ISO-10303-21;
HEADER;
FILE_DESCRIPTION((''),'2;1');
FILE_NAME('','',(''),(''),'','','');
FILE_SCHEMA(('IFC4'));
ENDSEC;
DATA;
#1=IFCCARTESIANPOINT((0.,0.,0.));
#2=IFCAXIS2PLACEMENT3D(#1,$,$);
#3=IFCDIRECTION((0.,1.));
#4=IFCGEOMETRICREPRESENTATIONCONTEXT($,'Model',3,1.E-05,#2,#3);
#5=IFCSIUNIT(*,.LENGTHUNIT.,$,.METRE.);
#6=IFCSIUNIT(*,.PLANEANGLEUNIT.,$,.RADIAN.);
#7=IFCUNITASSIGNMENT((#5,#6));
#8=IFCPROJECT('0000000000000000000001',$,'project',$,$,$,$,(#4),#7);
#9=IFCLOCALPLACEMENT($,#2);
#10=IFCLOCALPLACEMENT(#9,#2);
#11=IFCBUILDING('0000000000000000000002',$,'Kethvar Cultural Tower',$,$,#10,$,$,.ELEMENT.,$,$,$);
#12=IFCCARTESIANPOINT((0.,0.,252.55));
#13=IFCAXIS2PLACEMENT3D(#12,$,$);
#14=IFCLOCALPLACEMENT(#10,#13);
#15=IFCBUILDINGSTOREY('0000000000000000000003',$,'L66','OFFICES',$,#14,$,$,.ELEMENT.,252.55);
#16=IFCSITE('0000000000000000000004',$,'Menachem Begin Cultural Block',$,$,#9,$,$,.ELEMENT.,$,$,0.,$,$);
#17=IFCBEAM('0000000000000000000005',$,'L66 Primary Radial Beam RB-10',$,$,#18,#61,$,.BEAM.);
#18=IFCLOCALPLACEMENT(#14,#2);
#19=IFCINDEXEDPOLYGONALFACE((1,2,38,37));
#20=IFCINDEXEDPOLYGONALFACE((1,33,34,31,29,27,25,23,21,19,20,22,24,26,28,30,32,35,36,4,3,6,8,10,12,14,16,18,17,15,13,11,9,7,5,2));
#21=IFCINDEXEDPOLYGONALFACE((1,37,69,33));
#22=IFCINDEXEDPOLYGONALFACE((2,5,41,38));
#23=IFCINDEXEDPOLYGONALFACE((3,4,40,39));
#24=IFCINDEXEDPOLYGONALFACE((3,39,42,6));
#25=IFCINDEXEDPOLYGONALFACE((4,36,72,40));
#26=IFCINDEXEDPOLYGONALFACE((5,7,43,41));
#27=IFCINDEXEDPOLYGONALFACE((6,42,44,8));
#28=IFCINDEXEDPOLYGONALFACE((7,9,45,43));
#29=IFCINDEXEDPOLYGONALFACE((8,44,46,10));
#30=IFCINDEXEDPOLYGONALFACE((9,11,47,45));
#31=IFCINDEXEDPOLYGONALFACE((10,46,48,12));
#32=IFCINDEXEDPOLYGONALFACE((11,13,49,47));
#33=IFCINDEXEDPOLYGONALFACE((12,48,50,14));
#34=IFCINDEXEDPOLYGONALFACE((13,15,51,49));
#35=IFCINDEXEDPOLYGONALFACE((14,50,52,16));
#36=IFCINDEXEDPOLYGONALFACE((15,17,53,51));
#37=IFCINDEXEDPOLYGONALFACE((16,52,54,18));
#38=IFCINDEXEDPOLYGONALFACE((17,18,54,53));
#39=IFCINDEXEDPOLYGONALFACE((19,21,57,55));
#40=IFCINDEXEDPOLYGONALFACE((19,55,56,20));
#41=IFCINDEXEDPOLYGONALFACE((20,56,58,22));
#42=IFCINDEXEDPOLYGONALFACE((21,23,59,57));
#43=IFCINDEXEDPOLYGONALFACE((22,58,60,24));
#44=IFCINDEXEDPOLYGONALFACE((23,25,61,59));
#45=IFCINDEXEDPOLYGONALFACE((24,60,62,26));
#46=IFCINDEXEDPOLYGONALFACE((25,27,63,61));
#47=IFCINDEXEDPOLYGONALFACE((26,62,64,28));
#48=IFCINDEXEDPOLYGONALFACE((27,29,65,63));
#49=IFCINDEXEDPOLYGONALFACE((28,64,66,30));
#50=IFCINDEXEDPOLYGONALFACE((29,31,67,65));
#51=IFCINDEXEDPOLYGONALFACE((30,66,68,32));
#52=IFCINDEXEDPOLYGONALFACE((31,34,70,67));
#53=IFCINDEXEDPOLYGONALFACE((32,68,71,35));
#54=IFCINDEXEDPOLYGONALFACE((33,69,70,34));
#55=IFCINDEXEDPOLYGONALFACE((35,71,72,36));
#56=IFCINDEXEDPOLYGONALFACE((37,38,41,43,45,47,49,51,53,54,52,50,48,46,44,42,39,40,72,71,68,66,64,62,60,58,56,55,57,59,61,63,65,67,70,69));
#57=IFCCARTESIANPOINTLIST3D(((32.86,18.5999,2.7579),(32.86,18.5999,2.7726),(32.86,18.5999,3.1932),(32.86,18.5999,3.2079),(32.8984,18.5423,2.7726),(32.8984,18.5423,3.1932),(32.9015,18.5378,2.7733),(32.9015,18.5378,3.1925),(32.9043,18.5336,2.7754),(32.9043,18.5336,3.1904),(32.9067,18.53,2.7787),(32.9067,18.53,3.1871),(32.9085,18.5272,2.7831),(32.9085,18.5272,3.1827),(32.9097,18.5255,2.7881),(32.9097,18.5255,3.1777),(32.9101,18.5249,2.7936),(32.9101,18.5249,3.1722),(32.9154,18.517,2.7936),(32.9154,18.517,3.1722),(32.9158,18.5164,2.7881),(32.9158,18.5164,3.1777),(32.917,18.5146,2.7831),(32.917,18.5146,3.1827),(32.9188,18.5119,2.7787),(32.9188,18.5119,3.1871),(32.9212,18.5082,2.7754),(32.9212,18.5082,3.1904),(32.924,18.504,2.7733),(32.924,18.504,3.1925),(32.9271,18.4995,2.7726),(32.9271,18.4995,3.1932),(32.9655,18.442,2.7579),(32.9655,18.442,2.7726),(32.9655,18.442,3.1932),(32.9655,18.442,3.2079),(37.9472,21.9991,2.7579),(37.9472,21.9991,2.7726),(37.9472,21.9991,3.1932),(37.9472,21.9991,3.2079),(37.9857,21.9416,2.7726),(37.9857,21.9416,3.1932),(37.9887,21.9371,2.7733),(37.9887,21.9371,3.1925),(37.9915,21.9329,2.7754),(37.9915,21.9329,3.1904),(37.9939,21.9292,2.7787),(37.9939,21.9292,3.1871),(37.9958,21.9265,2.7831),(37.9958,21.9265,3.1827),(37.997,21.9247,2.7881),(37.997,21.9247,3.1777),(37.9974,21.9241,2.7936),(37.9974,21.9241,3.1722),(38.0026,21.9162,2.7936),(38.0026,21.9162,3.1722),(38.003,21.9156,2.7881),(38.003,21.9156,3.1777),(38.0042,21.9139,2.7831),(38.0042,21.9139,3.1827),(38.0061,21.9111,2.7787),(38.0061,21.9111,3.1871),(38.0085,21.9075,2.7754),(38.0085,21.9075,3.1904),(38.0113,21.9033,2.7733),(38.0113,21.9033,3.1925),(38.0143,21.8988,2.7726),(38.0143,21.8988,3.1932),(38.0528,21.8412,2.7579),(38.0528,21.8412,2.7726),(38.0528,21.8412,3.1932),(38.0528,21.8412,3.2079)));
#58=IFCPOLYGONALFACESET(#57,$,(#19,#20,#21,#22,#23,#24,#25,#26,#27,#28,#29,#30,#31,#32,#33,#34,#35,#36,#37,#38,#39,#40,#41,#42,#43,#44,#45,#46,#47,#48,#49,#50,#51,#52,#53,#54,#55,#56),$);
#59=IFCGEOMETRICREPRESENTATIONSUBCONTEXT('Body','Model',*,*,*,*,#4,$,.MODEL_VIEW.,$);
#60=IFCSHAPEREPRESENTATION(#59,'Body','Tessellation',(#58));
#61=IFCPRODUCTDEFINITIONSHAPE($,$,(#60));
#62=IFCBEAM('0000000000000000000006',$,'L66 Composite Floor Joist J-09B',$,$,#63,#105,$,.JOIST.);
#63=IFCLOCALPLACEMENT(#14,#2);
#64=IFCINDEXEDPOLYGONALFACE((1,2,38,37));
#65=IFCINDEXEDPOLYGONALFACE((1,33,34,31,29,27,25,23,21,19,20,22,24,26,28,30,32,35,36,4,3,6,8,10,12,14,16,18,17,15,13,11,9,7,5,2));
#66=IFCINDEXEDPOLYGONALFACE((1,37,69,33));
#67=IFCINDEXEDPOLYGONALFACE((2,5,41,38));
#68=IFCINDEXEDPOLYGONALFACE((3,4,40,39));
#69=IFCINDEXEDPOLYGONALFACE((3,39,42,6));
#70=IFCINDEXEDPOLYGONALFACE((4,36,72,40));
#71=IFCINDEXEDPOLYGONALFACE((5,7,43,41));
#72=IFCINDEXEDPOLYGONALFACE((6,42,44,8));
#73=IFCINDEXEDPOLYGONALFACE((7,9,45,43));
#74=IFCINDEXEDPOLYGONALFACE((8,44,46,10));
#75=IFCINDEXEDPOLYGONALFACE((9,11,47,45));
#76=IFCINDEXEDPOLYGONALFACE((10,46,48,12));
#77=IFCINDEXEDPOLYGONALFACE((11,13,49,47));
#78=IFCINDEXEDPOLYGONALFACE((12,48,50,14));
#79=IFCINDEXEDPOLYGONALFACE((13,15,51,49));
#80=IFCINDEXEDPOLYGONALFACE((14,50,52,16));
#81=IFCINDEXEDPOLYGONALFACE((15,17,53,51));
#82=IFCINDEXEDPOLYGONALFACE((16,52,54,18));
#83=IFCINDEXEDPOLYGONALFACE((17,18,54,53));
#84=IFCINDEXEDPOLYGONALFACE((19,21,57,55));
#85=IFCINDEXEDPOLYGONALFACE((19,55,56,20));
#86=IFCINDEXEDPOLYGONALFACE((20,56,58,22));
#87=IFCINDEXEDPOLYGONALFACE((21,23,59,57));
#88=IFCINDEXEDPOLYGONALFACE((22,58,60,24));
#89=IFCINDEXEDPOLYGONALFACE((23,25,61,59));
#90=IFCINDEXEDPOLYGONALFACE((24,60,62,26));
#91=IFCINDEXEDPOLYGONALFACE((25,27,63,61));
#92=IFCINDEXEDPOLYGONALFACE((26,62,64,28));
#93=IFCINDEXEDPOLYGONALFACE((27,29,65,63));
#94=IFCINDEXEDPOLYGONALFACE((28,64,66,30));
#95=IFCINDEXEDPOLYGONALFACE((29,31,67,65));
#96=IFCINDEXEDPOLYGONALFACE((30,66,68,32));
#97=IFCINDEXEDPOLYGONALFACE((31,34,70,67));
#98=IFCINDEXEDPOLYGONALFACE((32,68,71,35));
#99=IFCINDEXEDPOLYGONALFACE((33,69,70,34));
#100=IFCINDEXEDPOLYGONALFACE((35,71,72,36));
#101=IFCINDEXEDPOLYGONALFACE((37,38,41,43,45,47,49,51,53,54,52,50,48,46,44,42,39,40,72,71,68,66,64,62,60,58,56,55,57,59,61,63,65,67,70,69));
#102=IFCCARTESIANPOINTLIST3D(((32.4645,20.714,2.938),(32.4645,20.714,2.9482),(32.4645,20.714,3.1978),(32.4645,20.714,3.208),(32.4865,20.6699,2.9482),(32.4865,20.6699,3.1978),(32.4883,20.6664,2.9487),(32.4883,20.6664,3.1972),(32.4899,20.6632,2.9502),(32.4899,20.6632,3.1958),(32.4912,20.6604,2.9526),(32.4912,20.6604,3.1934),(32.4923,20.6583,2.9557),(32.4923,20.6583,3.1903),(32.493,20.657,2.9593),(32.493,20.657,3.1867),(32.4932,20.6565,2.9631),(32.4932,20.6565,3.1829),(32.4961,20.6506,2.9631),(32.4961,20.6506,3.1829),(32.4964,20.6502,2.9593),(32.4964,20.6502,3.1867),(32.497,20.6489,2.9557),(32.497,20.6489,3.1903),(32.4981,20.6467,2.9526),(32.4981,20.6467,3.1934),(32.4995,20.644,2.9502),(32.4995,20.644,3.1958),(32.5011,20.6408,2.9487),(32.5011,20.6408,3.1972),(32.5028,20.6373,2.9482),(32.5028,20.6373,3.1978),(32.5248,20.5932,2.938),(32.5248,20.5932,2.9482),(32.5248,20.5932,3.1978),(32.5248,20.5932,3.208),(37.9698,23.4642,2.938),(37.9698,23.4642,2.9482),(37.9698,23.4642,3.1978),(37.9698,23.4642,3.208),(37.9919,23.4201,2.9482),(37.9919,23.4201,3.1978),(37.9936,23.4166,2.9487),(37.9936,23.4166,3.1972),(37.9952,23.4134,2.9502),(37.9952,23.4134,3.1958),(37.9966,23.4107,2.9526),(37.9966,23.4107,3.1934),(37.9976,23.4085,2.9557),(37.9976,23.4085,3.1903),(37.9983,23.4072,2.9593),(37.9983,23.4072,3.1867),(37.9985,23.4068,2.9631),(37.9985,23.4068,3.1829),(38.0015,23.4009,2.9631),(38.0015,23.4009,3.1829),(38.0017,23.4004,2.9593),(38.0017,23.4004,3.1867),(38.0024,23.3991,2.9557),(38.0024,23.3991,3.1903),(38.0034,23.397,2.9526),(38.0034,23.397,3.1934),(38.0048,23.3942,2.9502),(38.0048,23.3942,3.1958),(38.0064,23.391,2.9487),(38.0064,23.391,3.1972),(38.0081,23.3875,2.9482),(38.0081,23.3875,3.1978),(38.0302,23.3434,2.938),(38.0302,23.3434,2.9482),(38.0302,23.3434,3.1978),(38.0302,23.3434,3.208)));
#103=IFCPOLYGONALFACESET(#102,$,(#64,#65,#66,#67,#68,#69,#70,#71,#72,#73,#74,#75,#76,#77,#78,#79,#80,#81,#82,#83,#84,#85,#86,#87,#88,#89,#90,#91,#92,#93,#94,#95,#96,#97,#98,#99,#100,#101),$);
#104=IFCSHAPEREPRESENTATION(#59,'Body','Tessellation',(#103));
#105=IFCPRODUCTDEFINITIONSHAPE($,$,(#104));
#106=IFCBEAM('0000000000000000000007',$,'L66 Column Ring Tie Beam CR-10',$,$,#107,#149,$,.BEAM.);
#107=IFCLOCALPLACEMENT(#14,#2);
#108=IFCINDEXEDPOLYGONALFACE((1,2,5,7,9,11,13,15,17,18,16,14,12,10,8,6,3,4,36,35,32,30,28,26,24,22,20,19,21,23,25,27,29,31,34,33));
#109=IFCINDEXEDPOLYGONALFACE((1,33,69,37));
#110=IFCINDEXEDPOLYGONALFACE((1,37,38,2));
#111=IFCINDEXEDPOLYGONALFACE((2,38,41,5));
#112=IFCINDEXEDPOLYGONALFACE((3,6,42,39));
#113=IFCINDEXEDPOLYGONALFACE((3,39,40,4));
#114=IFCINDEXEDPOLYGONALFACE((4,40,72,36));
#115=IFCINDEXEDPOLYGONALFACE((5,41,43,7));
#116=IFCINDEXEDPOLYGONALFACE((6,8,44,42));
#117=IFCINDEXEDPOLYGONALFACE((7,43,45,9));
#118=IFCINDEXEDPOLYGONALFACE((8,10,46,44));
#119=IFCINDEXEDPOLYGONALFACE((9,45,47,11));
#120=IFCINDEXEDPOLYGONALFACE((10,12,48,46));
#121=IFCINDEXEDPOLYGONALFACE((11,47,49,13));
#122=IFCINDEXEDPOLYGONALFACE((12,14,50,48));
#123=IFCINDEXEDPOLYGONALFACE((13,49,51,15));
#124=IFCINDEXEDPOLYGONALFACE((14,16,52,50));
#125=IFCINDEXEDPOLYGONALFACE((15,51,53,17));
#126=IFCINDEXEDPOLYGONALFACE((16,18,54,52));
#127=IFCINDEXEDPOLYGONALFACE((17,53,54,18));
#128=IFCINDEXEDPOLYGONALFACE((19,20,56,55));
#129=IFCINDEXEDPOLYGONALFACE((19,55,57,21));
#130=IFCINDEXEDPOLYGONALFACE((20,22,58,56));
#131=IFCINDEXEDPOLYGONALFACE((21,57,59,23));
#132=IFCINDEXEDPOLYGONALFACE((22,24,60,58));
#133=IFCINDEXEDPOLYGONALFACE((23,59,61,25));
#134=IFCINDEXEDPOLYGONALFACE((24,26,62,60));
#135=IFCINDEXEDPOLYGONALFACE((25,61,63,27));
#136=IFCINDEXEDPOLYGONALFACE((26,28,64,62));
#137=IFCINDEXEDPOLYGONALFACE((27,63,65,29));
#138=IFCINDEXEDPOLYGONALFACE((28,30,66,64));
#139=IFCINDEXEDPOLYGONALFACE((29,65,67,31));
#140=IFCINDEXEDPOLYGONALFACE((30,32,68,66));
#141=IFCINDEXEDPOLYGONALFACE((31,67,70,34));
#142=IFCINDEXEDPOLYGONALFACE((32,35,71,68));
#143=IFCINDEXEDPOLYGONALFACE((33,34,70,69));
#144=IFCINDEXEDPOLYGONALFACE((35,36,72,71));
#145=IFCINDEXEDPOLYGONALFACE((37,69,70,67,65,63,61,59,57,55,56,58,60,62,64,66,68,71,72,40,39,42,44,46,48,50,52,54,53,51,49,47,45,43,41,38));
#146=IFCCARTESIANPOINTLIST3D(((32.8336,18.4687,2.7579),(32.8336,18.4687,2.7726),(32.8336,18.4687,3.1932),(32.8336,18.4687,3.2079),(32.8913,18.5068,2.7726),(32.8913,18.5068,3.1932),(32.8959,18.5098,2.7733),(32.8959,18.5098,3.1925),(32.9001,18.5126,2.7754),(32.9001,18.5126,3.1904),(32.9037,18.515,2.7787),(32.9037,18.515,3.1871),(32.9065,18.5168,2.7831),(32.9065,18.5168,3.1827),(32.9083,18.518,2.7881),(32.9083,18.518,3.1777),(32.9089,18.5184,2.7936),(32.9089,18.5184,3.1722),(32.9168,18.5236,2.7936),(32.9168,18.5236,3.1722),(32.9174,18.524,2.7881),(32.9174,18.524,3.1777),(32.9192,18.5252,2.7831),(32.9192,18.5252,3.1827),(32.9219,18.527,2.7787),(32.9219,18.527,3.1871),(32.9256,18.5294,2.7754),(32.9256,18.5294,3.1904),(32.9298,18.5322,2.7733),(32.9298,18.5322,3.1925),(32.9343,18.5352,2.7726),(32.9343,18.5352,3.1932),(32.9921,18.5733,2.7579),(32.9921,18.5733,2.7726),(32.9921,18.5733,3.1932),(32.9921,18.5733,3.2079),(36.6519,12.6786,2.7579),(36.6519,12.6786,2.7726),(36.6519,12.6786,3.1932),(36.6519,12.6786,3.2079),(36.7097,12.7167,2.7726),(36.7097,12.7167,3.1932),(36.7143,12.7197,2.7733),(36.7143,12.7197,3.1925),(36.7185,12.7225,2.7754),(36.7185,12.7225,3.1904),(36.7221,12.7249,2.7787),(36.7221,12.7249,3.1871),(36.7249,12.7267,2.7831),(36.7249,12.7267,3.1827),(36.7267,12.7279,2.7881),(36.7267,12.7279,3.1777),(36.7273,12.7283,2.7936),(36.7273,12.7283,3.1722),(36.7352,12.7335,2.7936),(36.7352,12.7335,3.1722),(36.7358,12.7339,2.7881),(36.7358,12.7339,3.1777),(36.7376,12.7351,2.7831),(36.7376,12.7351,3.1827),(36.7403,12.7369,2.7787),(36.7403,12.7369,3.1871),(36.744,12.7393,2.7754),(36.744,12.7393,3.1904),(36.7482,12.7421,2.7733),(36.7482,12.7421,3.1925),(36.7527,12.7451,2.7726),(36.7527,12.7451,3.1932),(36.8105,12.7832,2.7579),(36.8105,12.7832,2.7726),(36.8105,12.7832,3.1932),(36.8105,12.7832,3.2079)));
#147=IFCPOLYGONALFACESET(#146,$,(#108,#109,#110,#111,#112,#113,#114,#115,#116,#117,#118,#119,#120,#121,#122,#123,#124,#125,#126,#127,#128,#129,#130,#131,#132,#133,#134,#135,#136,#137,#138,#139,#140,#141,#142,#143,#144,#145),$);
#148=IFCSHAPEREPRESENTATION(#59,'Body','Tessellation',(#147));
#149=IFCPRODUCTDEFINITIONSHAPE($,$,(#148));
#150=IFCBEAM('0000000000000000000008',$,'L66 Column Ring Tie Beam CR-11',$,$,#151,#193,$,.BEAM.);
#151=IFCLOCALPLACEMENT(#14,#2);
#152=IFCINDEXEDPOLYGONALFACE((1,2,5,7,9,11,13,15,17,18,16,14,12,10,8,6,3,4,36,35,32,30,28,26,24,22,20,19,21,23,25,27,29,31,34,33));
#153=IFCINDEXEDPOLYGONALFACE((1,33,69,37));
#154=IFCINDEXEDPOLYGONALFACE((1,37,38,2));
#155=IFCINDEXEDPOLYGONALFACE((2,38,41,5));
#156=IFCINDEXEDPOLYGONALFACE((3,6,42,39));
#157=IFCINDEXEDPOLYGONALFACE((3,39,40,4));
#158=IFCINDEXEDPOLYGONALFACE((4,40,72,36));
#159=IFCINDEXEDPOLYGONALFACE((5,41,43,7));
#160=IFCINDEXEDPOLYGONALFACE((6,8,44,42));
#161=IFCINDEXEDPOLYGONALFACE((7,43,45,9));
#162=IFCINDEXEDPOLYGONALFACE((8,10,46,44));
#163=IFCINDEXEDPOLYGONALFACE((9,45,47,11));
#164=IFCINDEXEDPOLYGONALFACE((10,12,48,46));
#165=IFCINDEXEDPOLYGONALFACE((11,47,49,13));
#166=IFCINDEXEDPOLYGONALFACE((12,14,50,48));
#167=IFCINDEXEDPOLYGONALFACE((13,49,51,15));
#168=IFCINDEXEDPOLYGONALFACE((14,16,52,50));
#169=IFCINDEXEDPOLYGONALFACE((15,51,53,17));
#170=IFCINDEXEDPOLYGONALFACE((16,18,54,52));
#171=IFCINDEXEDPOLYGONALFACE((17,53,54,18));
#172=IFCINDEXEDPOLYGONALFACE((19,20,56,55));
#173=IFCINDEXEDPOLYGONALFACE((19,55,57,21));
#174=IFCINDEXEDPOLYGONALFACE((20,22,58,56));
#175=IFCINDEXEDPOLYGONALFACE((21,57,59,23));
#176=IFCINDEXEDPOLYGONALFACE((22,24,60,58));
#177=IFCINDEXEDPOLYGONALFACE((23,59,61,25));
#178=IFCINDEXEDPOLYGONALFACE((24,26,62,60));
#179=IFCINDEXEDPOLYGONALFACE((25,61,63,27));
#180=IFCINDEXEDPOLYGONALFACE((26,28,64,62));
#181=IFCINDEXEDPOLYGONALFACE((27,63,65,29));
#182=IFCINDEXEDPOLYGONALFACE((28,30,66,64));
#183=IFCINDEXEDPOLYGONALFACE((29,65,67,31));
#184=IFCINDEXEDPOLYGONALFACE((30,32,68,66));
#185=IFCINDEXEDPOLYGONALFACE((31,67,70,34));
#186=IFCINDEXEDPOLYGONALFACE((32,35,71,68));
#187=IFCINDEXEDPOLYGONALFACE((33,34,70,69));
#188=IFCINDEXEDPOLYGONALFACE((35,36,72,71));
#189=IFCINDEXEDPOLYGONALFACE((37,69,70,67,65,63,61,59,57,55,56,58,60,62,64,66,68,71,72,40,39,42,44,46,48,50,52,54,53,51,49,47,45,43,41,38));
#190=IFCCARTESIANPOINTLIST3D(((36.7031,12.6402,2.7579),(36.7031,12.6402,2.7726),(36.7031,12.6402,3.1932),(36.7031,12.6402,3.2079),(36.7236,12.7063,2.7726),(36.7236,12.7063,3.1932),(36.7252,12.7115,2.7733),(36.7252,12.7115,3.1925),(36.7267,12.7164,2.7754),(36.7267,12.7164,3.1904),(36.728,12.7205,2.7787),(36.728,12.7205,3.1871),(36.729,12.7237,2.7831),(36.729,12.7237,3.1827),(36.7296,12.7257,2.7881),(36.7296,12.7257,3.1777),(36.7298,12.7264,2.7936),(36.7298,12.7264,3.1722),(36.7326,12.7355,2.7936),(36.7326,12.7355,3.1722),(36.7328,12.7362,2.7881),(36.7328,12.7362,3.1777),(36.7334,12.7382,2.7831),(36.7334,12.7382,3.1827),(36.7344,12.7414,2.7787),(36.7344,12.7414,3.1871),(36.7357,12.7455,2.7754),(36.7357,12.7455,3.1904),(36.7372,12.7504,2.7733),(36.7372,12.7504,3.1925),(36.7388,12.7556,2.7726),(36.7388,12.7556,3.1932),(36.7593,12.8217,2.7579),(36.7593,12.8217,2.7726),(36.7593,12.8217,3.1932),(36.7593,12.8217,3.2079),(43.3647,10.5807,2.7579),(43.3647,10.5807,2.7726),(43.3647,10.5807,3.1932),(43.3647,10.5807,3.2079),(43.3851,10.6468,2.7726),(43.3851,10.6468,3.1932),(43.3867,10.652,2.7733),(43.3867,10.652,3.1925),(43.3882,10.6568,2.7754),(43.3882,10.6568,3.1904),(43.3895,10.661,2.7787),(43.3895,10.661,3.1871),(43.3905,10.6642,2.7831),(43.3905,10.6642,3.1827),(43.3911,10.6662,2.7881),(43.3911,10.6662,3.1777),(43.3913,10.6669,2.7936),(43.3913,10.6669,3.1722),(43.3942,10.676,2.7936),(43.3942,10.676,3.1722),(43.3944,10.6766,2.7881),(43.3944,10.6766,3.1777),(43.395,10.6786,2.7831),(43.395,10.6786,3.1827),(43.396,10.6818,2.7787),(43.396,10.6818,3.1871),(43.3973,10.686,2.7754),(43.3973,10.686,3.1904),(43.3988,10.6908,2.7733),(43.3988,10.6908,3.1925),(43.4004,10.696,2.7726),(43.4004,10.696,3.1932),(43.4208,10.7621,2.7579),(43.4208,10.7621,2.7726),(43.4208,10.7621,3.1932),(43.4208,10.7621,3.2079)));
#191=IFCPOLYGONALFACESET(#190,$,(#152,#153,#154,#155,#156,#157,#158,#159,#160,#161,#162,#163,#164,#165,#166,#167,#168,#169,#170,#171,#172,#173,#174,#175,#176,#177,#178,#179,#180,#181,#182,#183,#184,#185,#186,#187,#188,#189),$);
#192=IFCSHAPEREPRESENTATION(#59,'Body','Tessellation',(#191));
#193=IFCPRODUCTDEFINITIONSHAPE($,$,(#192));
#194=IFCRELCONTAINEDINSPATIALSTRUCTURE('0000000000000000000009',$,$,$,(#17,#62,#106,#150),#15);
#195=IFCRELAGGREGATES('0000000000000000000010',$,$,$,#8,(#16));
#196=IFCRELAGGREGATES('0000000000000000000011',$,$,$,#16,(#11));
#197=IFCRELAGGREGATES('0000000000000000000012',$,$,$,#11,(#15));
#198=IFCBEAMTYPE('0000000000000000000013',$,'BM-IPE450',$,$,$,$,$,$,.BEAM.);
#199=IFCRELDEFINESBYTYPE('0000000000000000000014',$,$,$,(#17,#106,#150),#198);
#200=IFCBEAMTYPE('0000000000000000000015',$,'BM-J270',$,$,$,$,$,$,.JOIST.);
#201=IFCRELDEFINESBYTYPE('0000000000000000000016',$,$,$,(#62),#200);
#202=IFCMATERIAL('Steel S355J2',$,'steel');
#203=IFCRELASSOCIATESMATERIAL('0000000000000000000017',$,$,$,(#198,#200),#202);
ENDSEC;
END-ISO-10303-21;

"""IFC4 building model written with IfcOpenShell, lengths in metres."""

from ifc_helpers import new_model, si_unit, direction, frame, origin, origin_2d, place, context, subcontext, project, spatial, i_section, extrude, source, transform, mapped, material, material_profile, profile_set, type_object, element, save


model = new_model("IFC4")

# Units and contexts
model_context = context("Model", 3, precision=1e-05, world=origin(), true_north=direction((0.0, 1.0)))
body_context = subcontext(model_context, "Body", "Model", "MODEL_VIEW")
ifc_project = project(units=[si_unit("LENGTHUNIT", "METRE"), si_unit("PLANEANGLEUNIT", "RADIAN")], contexts=[model_context])

# Site, building, storey
site_placement = place(None, origin())
site = spatial("IfcSite", under=ifc_project, at=site_placement, Name="Menachem Begin Cultural Block", CompositionType="ELEMENT", RefElevation=0.0)
building_placement = place(site_placement, origin())
building = spatial("IfcBuilding", under=site, at=building_placement, Name="Kethvar Cultural Tower", CompositionType="ELEMENT")
storey_placement = place(building_placement, frame((0.0, 0.0, 252.55)))
storey = spatial("IfcBuildingStorey", under=building, at=storey_placement, Name="L66", Description="OFFICES", CompositionType="ELEMENT", Elevation=252.55)

# Beams
ifc_material_1 = material(Name="Steel S355J2", Category="steel")
ifc_material_profile_1 = material_profile(ifc_material_1, i_section(OverallWidth=0.1899, OverallDepth=0.45, WebThickness=0.0095, FlangeThickness=0.0146, FilletRadius=0.021, at=origin_2d()), Name="Steel S355J2 — IPE450")
ifc_profile_set_1 = profile_set([ifc_material_profile_1], Name="Steel S355J2 — IPE450")
beam_type_1 = type_object("IfcBeamType", Name="BM-IPE450", PredefinedType="BEAM", material=ifc_profile_set_1)
shared_shape_1 = source(origin(), body_context, "Body", "SweptSolid", [
    extrude(i_section(OverallWidth=0.1899, OverallDepth=0.45, WebThickness=0.0095, FlangeThickness=0.0146, FilletRadius=0.021, at=origin_2d()), origin(), (0.0, 0.0, 1.0), 6.1184),
])
beam_1_placement = place(storey_placement, frame((38.0, 21.9202, 2.9829), z_axis=(-0.831467, -0.555575, 0.0), x_axis=(0.555575, -0.831467, 0.0)))
element("IfcBeam", 1, at=beam_1_placement, inside=storey, type_object=beam_type_1, Name="L66 Primary Radial Beam RB-10", PredefinedType="BEAM", context=body_context, shape_type="MappedRepresentation", body=[
    mapped(shared_shape_1, transform((0.0, 0.0, 0.0), scale=1.0)),
])
ifc_material_profile_2 = material_profile(ifc_material_1, i_section(OverallWidth=0.135, OverallDepth=0.27, WebThickness=0.0066, FlangeThickness=0.0103, FilletRadius=0.0149, at=origin_2d()), Name="Steel S355J2 — IPE270")
ifc_profile_set_2 = profile_set([ifc_material_profile_2], Name="Steel S355J2 — IPE270")
beam_type_2 = type_object("IfcBeamType", Name="BM-J270", PredefinedType="JOIST", material=ifc_profile_set_2)
shared_shape_2 = source(origin(), body_context, "Body", "SweptSolid", [
    extrude(i_section(OverallWidth=0.135, OverallDepth=0.27, WebThickness=0.0066, FlangeThickness=0.0103, FilletRadius=0.0149, at=origin_2d()), origin(), (0.0, 0.0, 1.0), 6.1541),
])
beam_2_placement = place(storey_placement, frame((38.0, 23.4038, 3.073), z_axis=(-0.894586, -0.446896, 0.0), x_axis=(0.446896, -0.894586, 0.0)))
element("IfcBeam", 2, at=beam_2_placement, inside=storey, type_object=beam_type_2, Name="L66 Composite Floor Joist J-09B", PredefinedType="JOIST", context=body_context, shape_type="MappedRepresentation", body=[
    mapped(shared_shape_2, transform((0.0, 0.0, 0.0), scale=1.0)),
])
shared_shape_3 = source(origin(), body_context, "Body", "SweptSolid", [
    extrude(i_section(OverallWidth=0.1899, OverallDepth=0.45, WebThickness=0.0095, FlangeThickness=0.0146, FilletRadius=0.021, at=origin_2d()), origin(), (0.0, 0.0, 1.0), 6.9358),
])
beam_3_placement = place(storey_placement, frame((32.9128, 18.521, 2.9829), z_axis=(0.550534, -0.834813, 0.0), x_axis=(0.834813, 0.550534, 0.0)))
element("IfcBeam", 3, at=beam_3_placement, inside=storey, type_object=beam_type_1, Name="L66 Column Ring Tie Beam CR-10", PredefinedType="BEAM", context=body_context, shape_type="MappedRepresentation", body=[
    mapped(shared_shape_3, transform((0.0, 0.0, 0.0), scale=1.0)),
])
shared_shape_4 = source(origin(), body_context, "Body", "SweptSolid", [
    extrude(i_section(OverallWidth=0.1899, OverallDepth=0.45, WebThickness=0.0095, FlangeThickness=0.0146, FilletRadius=0.021, at=origin_2d()), origin(), (0.0, 0.0, 1.0), 6.9727),
])
beam_4_placement = place(storey_placement, frame((36.7312, 12.731, 2.9829), z_axis=(0.955381, -0.295375, 0.0), x_axis=(0.295375, 0.955381, 0.0)))
element("IfcBeam", 4, at=beam_4_placement, inside=storey, type_object=beam_type_1, Name="L66 Column Ring Tie Beam CR-11", PredefinedType="BEAM", context=body_context, shape_type="MappedRepresentation", body=[
    mapped(shared_shape_4, transform((0.0, 0.0, 0.0), scale=1.0)),
])

save(model, "model.ifc")
